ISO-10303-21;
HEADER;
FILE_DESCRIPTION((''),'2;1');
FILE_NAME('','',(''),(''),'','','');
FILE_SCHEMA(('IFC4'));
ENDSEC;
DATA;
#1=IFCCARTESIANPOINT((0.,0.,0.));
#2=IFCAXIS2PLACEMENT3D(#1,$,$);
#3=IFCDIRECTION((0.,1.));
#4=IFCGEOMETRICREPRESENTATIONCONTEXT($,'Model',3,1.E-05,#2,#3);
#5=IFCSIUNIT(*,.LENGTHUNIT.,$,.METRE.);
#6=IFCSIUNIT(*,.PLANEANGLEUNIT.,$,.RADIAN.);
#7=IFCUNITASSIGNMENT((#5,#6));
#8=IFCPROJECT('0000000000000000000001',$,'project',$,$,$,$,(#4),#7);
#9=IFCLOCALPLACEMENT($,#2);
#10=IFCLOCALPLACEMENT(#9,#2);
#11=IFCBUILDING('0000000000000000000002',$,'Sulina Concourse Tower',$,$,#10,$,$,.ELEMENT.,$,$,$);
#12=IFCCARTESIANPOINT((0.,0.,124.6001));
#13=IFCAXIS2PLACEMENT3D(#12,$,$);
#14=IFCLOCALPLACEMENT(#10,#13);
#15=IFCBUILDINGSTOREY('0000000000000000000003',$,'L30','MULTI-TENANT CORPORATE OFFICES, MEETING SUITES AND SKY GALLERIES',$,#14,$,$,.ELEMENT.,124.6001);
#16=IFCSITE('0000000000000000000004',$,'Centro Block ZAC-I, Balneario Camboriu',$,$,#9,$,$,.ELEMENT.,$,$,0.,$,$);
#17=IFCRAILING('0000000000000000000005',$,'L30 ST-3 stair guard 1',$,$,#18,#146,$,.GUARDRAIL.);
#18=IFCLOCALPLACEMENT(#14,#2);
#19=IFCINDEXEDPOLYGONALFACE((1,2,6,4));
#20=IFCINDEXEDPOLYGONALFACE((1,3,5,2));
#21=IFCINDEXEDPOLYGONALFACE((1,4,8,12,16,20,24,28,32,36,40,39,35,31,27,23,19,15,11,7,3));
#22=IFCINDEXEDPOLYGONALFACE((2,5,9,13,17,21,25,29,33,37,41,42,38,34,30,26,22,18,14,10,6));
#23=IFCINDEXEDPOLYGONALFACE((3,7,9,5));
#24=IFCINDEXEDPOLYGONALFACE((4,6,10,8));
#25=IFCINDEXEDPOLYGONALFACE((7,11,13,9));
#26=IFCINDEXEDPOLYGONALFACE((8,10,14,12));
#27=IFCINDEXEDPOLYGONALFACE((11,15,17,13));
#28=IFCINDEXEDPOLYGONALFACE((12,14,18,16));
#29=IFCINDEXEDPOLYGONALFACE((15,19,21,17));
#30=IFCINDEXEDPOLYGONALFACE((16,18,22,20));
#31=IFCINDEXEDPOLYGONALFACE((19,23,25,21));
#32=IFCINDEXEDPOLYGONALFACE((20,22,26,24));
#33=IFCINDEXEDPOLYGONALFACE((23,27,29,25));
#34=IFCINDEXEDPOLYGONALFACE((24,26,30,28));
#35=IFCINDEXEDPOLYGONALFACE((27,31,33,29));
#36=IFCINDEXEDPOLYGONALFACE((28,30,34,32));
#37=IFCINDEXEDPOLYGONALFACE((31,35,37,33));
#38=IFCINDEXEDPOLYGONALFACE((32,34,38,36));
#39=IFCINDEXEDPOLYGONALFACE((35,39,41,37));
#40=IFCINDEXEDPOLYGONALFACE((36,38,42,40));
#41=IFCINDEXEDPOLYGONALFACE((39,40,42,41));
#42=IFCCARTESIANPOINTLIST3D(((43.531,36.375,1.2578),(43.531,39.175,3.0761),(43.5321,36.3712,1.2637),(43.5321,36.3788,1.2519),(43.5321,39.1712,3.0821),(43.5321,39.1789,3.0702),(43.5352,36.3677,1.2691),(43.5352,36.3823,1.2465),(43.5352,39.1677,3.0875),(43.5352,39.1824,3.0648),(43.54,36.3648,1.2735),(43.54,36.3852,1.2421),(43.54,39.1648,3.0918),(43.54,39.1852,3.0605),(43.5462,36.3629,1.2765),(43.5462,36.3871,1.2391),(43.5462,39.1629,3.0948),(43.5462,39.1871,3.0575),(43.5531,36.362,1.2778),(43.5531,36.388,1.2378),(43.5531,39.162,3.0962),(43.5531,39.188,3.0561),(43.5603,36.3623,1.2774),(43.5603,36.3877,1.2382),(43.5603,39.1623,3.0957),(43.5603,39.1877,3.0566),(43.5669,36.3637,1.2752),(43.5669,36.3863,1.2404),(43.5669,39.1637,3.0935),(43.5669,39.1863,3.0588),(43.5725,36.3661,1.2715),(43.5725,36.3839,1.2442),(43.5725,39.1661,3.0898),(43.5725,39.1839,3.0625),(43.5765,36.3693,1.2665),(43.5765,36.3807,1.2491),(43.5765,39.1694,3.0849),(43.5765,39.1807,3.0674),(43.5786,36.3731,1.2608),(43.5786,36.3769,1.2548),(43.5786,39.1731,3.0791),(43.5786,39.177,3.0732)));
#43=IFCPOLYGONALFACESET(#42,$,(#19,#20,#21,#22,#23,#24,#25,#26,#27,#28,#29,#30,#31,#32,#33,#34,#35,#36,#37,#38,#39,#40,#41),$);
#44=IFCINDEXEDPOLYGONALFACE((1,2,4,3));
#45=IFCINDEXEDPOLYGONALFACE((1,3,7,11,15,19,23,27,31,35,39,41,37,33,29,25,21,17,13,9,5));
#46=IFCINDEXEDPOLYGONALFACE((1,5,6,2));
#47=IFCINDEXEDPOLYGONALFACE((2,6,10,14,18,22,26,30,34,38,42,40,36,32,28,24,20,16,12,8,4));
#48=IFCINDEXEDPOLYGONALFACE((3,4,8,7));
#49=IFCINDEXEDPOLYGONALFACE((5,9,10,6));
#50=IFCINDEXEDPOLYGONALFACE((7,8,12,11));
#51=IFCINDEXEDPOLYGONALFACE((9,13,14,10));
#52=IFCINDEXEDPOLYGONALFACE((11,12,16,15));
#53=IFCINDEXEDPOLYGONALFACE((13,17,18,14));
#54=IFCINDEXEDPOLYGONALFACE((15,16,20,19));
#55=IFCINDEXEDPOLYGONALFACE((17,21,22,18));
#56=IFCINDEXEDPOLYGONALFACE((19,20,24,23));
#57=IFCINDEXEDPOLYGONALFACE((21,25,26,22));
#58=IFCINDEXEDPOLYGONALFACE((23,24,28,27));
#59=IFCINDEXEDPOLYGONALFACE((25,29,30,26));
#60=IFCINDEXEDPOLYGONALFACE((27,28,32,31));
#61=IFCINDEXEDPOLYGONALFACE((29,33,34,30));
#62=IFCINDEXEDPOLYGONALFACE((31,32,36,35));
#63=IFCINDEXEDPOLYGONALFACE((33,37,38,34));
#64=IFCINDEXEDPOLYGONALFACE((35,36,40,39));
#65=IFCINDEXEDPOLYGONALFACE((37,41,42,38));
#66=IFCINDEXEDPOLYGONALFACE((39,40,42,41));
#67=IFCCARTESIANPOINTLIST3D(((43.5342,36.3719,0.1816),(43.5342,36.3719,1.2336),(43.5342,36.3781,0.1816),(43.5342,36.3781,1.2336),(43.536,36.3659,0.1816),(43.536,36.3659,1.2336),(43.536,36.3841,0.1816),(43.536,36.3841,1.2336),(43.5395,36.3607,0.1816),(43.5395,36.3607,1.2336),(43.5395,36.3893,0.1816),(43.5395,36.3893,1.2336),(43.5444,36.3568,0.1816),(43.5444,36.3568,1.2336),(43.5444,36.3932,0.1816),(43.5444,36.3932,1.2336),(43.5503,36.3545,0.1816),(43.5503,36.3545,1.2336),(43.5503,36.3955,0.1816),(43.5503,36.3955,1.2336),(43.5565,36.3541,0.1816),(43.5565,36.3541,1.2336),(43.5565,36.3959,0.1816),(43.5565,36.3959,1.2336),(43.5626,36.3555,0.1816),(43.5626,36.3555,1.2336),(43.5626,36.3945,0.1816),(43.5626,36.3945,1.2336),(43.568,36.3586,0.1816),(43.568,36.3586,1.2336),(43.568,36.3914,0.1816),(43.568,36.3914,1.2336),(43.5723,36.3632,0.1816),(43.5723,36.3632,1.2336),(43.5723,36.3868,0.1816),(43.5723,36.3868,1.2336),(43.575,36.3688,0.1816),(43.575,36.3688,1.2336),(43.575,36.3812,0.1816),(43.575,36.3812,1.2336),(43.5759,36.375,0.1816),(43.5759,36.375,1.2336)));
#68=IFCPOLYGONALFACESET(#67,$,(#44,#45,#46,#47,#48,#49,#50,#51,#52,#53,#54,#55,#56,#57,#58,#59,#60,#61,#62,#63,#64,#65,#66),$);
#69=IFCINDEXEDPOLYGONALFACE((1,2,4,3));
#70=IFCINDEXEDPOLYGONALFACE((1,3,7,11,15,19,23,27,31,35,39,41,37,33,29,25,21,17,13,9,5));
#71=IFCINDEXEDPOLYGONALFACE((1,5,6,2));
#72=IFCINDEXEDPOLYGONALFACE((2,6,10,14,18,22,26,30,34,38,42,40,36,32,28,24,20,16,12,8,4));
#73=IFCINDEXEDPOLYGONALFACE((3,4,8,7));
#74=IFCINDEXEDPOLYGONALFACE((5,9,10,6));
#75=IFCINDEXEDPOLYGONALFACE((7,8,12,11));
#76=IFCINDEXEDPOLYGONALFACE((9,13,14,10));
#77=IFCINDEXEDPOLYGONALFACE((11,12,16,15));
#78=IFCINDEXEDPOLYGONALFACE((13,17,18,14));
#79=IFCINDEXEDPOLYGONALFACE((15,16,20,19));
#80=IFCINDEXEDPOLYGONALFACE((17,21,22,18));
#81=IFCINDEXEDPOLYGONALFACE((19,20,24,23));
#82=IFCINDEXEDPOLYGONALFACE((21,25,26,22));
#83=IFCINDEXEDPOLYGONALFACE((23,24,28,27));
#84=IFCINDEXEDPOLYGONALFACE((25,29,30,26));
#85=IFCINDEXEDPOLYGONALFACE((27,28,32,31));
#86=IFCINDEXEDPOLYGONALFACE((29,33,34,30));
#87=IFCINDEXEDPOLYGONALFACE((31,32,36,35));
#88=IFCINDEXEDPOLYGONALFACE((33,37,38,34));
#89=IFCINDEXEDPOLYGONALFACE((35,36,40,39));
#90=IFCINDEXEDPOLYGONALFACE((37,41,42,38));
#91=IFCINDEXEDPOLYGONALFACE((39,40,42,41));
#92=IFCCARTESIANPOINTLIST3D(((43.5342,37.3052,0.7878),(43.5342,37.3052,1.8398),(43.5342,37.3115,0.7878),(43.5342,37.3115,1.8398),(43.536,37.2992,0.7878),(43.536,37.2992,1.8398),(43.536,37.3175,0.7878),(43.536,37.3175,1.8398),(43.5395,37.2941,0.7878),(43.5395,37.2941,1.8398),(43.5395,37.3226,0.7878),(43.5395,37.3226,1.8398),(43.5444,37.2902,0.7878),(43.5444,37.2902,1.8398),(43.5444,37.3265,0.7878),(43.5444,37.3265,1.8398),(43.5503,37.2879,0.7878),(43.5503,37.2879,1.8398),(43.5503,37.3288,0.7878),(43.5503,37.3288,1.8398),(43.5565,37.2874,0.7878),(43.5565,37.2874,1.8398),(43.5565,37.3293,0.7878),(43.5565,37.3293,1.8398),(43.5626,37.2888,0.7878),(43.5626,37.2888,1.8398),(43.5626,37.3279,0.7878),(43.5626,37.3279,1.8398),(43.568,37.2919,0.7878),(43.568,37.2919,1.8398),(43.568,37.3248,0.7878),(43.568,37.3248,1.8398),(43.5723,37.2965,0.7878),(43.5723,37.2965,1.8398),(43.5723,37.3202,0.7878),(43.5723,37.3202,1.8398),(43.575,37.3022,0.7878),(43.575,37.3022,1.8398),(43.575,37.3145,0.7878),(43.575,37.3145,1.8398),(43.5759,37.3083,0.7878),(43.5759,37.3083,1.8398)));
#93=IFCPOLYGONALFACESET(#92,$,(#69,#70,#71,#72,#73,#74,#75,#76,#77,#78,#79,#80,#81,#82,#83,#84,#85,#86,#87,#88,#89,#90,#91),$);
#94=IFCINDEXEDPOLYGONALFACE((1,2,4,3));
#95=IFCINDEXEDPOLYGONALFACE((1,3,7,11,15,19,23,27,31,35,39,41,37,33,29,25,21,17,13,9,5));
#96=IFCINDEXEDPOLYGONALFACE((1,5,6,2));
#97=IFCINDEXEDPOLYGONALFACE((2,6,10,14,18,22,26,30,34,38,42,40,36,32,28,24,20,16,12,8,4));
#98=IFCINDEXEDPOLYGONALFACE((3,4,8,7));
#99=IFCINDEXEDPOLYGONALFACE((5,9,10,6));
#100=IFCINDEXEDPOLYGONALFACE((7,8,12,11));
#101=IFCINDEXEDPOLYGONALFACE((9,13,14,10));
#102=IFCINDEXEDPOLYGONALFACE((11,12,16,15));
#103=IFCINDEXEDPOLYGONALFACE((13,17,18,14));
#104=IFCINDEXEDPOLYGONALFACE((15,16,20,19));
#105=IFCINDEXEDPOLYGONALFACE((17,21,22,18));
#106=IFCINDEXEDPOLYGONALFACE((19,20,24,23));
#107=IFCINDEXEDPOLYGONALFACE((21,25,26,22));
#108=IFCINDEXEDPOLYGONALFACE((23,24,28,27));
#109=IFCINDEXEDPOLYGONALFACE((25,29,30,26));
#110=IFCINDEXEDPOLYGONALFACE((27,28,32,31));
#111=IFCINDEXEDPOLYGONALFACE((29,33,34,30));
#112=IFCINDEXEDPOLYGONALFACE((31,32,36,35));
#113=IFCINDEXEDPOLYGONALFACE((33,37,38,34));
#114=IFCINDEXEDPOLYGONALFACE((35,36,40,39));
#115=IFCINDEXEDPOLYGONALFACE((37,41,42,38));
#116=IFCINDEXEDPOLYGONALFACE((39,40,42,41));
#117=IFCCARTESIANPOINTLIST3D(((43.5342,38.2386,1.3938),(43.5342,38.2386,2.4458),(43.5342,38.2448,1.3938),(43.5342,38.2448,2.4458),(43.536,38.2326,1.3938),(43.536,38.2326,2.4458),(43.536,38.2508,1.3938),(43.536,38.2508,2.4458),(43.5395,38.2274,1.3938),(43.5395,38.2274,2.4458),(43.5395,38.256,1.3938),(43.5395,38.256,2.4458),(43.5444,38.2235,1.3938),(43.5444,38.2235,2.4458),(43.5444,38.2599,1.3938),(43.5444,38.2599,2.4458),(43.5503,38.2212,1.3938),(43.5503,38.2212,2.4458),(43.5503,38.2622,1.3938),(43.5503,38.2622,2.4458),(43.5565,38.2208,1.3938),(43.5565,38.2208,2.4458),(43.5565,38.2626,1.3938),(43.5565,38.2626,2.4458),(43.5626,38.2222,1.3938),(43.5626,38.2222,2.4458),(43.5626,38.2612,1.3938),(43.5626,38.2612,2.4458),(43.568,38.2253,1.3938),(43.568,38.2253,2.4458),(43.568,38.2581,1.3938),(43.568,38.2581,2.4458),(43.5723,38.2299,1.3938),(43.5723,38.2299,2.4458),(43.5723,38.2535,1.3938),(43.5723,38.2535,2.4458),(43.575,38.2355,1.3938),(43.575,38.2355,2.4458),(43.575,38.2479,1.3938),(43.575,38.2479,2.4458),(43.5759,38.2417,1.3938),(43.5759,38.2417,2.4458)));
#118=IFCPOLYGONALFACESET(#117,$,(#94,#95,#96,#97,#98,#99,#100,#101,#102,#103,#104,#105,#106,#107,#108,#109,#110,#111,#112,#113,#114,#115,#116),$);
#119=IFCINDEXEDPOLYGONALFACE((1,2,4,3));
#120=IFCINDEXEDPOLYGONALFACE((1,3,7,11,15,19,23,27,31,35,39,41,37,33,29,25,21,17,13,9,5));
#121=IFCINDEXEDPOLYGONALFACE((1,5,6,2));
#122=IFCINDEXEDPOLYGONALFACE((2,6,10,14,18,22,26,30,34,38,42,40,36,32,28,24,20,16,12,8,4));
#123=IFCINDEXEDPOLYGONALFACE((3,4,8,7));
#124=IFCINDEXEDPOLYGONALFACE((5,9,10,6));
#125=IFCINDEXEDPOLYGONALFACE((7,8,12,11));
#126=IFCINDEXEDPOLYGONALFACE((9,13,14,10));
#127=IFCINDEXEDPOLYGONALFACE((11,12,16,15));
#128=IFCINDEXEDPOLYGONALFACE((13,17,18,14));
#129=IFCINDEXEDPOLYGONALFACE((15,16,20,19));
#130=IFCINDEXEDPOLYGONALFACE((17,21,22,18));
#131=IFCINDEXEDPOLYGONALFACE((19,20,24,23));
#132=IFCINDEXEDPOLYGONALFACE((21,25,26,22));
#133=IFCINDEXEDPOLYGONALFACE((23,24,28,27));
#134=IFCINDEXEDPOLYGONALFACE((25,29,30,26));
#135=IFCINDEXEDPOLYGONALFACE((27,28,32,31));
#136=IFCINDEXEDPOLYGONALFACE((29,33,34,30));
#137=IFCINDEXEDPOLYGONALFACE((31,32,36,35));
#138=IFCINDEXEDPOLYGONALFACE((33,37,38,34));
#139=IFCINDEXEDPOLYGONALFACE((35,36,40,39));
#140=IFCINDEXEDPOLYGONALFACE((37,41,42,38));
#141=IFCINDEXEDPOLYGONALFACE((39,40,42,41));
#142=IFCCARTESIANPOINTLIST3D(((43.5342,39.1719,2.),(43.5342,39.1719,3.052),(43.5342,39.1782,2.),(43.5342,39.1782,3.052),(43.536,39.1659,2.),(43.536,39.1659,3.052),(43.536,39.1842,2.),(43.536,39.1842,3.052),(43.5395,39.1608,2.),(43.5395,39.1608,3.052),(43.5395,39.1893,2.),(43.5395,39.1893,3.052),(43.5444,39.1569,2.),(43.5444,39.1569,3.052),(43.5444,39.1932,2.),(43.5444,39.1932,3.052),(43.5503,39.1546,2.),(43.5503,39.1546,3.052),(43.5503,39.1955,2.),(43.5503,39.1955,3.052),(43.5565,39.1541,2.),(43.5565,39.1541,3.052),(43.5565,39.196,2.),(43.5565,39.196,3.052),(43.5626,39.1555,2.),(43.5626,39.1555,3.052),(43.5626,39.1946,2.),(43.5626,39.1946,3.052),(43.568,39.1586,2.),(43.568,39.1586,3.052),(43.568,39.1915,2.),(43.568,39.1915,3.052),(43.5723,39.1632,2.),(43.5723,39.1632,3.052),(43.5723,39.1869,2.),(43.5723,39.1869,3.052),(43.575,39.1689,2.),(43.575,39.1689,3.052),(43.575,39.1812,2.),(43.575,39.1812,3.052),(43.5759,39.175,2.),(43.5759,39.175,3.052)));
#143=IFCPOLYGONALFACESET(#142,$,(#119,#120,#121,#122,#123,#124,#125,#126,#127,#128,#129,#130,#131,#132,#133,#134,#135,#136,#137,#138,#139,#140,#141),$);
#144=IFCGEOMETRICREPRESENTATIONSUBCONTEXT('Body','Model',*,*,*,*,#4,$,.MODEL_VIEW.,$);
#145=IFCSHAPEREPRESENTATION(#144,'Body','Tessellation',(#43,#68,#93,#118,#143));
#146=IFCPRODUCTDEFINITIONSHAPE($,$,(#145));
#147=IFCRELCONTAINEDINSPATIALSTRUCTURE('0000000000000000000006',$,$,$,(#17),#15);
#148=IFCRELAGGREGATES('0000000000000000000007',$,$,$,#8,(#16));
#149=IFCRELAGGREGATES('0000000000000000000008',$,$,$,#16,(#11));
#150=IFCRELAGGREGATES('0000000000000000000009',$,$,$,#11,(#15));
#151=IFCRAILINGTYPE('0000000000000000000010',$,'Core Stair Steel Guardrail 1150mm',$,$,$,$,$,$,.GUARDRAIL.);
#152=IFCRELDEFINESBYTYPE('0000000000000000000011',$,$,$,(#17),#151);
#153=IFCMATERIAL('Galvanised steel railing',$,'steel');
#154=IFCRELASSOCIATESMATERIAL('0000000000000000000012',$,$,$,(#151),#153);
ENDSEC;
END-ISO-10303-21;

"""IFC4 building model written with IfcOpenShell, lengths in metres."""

from ifc_helpers import new_model, si_unit, direction, frame, origin, origin_2d, place, context, subcontext, project, spatial, circle, extrude, material, type_object, element, save


model = new_model("IFC4")

# Units and contexts
model_context = context("Model", 3, precision=1e-05, world=origin(), true_north=direction((0.0, 1.0)))
body_context = subcontext(model_context, "Body", "Model", "MODEL_VIEW")
ifc_project = project(units=[si_unit("LENGTHUNIT", "METRE"), si_unit("PLANEANGLEUNIT", "RADIAN")], contexts=[model_context])

# Site, building, storey
site_placement = place(None, origin())
site = spatial("IfcSite", under=ifc_project, at=site_placement, Name="Centro Block ZAC-I, Balneario Camboriu", CompositionType="ELEMENT", RefElevation=0.0)
building_placement = place(site_placement, origin())
building = spatial("IfcBuilding", under=site, at=building_placement, Name="Sulina Concourse Tower", CompositionType="ELEMENT")
storey_placement = place(building_placement, frame((0.0, 0.0, 124.6001)))
storey = spatial("IfcBuildingStorey", under=building, at=storey_placement, Name="L30", Description="MULTI-TENANT CORPORATE OFFICES, MEETING SUITES AND SKY GALLERIES", CompositionType="ELEMENT", Elevation=124.6001)

# Railing
ifc_material_1 = material(Name="Galvanised steel railing", Category="steel")
railing_type_1 = type_object("IfcRailingType", Name="Core Stair Steel Guardrail 1150mm", PredefinedType="GUARDRAIL", material=ifc_material_1)
railing_1_placement = place(storey_placement, frame((43.5549, 36.375, 0.1816)))
element("IfcRailing", 1, at=railing_1_placement, inside=storey, type_object=railing_type_1, Name="L30 ST-3 stair guard 1", PredefinedType="GUARDRAIL", context=body_context, shape_type="SweptSolid", body=[
    extrude(circle(Radius=0.0239, at=origin_2d()), frame((0.0, 0.0, 1.0762), z_axis=(0.0, 0.838672, 0.544636), x_axis=(-1.0, 0.0, 0.0)), (0.0, 0.0, 1.0), 3.3386),
    extrude(circle(Radius=0.021, at=origin_2d()), origin(), (0.0, 0.0, 1.0), 1.052),
    extrude(circle(Radius=0.021, at=origin_2d()), frame((0.0, 0.9333, 0.6062)), (0.0, 0.0, 1.0), 1.052),
    extrude(circle(Radius=0.021, at=origin_2d()), frame((0.0, 1.8667, 1.2122)), (0.0, 0.0, 1.0), 1.052),
    extrude(circle(Radius=0.021, at=origin_2d()), frame((0.0, 2.8, 1.8184)), (0.0, 0.0, 1.0), 1.052),
])

save(model, "model.ifc")
